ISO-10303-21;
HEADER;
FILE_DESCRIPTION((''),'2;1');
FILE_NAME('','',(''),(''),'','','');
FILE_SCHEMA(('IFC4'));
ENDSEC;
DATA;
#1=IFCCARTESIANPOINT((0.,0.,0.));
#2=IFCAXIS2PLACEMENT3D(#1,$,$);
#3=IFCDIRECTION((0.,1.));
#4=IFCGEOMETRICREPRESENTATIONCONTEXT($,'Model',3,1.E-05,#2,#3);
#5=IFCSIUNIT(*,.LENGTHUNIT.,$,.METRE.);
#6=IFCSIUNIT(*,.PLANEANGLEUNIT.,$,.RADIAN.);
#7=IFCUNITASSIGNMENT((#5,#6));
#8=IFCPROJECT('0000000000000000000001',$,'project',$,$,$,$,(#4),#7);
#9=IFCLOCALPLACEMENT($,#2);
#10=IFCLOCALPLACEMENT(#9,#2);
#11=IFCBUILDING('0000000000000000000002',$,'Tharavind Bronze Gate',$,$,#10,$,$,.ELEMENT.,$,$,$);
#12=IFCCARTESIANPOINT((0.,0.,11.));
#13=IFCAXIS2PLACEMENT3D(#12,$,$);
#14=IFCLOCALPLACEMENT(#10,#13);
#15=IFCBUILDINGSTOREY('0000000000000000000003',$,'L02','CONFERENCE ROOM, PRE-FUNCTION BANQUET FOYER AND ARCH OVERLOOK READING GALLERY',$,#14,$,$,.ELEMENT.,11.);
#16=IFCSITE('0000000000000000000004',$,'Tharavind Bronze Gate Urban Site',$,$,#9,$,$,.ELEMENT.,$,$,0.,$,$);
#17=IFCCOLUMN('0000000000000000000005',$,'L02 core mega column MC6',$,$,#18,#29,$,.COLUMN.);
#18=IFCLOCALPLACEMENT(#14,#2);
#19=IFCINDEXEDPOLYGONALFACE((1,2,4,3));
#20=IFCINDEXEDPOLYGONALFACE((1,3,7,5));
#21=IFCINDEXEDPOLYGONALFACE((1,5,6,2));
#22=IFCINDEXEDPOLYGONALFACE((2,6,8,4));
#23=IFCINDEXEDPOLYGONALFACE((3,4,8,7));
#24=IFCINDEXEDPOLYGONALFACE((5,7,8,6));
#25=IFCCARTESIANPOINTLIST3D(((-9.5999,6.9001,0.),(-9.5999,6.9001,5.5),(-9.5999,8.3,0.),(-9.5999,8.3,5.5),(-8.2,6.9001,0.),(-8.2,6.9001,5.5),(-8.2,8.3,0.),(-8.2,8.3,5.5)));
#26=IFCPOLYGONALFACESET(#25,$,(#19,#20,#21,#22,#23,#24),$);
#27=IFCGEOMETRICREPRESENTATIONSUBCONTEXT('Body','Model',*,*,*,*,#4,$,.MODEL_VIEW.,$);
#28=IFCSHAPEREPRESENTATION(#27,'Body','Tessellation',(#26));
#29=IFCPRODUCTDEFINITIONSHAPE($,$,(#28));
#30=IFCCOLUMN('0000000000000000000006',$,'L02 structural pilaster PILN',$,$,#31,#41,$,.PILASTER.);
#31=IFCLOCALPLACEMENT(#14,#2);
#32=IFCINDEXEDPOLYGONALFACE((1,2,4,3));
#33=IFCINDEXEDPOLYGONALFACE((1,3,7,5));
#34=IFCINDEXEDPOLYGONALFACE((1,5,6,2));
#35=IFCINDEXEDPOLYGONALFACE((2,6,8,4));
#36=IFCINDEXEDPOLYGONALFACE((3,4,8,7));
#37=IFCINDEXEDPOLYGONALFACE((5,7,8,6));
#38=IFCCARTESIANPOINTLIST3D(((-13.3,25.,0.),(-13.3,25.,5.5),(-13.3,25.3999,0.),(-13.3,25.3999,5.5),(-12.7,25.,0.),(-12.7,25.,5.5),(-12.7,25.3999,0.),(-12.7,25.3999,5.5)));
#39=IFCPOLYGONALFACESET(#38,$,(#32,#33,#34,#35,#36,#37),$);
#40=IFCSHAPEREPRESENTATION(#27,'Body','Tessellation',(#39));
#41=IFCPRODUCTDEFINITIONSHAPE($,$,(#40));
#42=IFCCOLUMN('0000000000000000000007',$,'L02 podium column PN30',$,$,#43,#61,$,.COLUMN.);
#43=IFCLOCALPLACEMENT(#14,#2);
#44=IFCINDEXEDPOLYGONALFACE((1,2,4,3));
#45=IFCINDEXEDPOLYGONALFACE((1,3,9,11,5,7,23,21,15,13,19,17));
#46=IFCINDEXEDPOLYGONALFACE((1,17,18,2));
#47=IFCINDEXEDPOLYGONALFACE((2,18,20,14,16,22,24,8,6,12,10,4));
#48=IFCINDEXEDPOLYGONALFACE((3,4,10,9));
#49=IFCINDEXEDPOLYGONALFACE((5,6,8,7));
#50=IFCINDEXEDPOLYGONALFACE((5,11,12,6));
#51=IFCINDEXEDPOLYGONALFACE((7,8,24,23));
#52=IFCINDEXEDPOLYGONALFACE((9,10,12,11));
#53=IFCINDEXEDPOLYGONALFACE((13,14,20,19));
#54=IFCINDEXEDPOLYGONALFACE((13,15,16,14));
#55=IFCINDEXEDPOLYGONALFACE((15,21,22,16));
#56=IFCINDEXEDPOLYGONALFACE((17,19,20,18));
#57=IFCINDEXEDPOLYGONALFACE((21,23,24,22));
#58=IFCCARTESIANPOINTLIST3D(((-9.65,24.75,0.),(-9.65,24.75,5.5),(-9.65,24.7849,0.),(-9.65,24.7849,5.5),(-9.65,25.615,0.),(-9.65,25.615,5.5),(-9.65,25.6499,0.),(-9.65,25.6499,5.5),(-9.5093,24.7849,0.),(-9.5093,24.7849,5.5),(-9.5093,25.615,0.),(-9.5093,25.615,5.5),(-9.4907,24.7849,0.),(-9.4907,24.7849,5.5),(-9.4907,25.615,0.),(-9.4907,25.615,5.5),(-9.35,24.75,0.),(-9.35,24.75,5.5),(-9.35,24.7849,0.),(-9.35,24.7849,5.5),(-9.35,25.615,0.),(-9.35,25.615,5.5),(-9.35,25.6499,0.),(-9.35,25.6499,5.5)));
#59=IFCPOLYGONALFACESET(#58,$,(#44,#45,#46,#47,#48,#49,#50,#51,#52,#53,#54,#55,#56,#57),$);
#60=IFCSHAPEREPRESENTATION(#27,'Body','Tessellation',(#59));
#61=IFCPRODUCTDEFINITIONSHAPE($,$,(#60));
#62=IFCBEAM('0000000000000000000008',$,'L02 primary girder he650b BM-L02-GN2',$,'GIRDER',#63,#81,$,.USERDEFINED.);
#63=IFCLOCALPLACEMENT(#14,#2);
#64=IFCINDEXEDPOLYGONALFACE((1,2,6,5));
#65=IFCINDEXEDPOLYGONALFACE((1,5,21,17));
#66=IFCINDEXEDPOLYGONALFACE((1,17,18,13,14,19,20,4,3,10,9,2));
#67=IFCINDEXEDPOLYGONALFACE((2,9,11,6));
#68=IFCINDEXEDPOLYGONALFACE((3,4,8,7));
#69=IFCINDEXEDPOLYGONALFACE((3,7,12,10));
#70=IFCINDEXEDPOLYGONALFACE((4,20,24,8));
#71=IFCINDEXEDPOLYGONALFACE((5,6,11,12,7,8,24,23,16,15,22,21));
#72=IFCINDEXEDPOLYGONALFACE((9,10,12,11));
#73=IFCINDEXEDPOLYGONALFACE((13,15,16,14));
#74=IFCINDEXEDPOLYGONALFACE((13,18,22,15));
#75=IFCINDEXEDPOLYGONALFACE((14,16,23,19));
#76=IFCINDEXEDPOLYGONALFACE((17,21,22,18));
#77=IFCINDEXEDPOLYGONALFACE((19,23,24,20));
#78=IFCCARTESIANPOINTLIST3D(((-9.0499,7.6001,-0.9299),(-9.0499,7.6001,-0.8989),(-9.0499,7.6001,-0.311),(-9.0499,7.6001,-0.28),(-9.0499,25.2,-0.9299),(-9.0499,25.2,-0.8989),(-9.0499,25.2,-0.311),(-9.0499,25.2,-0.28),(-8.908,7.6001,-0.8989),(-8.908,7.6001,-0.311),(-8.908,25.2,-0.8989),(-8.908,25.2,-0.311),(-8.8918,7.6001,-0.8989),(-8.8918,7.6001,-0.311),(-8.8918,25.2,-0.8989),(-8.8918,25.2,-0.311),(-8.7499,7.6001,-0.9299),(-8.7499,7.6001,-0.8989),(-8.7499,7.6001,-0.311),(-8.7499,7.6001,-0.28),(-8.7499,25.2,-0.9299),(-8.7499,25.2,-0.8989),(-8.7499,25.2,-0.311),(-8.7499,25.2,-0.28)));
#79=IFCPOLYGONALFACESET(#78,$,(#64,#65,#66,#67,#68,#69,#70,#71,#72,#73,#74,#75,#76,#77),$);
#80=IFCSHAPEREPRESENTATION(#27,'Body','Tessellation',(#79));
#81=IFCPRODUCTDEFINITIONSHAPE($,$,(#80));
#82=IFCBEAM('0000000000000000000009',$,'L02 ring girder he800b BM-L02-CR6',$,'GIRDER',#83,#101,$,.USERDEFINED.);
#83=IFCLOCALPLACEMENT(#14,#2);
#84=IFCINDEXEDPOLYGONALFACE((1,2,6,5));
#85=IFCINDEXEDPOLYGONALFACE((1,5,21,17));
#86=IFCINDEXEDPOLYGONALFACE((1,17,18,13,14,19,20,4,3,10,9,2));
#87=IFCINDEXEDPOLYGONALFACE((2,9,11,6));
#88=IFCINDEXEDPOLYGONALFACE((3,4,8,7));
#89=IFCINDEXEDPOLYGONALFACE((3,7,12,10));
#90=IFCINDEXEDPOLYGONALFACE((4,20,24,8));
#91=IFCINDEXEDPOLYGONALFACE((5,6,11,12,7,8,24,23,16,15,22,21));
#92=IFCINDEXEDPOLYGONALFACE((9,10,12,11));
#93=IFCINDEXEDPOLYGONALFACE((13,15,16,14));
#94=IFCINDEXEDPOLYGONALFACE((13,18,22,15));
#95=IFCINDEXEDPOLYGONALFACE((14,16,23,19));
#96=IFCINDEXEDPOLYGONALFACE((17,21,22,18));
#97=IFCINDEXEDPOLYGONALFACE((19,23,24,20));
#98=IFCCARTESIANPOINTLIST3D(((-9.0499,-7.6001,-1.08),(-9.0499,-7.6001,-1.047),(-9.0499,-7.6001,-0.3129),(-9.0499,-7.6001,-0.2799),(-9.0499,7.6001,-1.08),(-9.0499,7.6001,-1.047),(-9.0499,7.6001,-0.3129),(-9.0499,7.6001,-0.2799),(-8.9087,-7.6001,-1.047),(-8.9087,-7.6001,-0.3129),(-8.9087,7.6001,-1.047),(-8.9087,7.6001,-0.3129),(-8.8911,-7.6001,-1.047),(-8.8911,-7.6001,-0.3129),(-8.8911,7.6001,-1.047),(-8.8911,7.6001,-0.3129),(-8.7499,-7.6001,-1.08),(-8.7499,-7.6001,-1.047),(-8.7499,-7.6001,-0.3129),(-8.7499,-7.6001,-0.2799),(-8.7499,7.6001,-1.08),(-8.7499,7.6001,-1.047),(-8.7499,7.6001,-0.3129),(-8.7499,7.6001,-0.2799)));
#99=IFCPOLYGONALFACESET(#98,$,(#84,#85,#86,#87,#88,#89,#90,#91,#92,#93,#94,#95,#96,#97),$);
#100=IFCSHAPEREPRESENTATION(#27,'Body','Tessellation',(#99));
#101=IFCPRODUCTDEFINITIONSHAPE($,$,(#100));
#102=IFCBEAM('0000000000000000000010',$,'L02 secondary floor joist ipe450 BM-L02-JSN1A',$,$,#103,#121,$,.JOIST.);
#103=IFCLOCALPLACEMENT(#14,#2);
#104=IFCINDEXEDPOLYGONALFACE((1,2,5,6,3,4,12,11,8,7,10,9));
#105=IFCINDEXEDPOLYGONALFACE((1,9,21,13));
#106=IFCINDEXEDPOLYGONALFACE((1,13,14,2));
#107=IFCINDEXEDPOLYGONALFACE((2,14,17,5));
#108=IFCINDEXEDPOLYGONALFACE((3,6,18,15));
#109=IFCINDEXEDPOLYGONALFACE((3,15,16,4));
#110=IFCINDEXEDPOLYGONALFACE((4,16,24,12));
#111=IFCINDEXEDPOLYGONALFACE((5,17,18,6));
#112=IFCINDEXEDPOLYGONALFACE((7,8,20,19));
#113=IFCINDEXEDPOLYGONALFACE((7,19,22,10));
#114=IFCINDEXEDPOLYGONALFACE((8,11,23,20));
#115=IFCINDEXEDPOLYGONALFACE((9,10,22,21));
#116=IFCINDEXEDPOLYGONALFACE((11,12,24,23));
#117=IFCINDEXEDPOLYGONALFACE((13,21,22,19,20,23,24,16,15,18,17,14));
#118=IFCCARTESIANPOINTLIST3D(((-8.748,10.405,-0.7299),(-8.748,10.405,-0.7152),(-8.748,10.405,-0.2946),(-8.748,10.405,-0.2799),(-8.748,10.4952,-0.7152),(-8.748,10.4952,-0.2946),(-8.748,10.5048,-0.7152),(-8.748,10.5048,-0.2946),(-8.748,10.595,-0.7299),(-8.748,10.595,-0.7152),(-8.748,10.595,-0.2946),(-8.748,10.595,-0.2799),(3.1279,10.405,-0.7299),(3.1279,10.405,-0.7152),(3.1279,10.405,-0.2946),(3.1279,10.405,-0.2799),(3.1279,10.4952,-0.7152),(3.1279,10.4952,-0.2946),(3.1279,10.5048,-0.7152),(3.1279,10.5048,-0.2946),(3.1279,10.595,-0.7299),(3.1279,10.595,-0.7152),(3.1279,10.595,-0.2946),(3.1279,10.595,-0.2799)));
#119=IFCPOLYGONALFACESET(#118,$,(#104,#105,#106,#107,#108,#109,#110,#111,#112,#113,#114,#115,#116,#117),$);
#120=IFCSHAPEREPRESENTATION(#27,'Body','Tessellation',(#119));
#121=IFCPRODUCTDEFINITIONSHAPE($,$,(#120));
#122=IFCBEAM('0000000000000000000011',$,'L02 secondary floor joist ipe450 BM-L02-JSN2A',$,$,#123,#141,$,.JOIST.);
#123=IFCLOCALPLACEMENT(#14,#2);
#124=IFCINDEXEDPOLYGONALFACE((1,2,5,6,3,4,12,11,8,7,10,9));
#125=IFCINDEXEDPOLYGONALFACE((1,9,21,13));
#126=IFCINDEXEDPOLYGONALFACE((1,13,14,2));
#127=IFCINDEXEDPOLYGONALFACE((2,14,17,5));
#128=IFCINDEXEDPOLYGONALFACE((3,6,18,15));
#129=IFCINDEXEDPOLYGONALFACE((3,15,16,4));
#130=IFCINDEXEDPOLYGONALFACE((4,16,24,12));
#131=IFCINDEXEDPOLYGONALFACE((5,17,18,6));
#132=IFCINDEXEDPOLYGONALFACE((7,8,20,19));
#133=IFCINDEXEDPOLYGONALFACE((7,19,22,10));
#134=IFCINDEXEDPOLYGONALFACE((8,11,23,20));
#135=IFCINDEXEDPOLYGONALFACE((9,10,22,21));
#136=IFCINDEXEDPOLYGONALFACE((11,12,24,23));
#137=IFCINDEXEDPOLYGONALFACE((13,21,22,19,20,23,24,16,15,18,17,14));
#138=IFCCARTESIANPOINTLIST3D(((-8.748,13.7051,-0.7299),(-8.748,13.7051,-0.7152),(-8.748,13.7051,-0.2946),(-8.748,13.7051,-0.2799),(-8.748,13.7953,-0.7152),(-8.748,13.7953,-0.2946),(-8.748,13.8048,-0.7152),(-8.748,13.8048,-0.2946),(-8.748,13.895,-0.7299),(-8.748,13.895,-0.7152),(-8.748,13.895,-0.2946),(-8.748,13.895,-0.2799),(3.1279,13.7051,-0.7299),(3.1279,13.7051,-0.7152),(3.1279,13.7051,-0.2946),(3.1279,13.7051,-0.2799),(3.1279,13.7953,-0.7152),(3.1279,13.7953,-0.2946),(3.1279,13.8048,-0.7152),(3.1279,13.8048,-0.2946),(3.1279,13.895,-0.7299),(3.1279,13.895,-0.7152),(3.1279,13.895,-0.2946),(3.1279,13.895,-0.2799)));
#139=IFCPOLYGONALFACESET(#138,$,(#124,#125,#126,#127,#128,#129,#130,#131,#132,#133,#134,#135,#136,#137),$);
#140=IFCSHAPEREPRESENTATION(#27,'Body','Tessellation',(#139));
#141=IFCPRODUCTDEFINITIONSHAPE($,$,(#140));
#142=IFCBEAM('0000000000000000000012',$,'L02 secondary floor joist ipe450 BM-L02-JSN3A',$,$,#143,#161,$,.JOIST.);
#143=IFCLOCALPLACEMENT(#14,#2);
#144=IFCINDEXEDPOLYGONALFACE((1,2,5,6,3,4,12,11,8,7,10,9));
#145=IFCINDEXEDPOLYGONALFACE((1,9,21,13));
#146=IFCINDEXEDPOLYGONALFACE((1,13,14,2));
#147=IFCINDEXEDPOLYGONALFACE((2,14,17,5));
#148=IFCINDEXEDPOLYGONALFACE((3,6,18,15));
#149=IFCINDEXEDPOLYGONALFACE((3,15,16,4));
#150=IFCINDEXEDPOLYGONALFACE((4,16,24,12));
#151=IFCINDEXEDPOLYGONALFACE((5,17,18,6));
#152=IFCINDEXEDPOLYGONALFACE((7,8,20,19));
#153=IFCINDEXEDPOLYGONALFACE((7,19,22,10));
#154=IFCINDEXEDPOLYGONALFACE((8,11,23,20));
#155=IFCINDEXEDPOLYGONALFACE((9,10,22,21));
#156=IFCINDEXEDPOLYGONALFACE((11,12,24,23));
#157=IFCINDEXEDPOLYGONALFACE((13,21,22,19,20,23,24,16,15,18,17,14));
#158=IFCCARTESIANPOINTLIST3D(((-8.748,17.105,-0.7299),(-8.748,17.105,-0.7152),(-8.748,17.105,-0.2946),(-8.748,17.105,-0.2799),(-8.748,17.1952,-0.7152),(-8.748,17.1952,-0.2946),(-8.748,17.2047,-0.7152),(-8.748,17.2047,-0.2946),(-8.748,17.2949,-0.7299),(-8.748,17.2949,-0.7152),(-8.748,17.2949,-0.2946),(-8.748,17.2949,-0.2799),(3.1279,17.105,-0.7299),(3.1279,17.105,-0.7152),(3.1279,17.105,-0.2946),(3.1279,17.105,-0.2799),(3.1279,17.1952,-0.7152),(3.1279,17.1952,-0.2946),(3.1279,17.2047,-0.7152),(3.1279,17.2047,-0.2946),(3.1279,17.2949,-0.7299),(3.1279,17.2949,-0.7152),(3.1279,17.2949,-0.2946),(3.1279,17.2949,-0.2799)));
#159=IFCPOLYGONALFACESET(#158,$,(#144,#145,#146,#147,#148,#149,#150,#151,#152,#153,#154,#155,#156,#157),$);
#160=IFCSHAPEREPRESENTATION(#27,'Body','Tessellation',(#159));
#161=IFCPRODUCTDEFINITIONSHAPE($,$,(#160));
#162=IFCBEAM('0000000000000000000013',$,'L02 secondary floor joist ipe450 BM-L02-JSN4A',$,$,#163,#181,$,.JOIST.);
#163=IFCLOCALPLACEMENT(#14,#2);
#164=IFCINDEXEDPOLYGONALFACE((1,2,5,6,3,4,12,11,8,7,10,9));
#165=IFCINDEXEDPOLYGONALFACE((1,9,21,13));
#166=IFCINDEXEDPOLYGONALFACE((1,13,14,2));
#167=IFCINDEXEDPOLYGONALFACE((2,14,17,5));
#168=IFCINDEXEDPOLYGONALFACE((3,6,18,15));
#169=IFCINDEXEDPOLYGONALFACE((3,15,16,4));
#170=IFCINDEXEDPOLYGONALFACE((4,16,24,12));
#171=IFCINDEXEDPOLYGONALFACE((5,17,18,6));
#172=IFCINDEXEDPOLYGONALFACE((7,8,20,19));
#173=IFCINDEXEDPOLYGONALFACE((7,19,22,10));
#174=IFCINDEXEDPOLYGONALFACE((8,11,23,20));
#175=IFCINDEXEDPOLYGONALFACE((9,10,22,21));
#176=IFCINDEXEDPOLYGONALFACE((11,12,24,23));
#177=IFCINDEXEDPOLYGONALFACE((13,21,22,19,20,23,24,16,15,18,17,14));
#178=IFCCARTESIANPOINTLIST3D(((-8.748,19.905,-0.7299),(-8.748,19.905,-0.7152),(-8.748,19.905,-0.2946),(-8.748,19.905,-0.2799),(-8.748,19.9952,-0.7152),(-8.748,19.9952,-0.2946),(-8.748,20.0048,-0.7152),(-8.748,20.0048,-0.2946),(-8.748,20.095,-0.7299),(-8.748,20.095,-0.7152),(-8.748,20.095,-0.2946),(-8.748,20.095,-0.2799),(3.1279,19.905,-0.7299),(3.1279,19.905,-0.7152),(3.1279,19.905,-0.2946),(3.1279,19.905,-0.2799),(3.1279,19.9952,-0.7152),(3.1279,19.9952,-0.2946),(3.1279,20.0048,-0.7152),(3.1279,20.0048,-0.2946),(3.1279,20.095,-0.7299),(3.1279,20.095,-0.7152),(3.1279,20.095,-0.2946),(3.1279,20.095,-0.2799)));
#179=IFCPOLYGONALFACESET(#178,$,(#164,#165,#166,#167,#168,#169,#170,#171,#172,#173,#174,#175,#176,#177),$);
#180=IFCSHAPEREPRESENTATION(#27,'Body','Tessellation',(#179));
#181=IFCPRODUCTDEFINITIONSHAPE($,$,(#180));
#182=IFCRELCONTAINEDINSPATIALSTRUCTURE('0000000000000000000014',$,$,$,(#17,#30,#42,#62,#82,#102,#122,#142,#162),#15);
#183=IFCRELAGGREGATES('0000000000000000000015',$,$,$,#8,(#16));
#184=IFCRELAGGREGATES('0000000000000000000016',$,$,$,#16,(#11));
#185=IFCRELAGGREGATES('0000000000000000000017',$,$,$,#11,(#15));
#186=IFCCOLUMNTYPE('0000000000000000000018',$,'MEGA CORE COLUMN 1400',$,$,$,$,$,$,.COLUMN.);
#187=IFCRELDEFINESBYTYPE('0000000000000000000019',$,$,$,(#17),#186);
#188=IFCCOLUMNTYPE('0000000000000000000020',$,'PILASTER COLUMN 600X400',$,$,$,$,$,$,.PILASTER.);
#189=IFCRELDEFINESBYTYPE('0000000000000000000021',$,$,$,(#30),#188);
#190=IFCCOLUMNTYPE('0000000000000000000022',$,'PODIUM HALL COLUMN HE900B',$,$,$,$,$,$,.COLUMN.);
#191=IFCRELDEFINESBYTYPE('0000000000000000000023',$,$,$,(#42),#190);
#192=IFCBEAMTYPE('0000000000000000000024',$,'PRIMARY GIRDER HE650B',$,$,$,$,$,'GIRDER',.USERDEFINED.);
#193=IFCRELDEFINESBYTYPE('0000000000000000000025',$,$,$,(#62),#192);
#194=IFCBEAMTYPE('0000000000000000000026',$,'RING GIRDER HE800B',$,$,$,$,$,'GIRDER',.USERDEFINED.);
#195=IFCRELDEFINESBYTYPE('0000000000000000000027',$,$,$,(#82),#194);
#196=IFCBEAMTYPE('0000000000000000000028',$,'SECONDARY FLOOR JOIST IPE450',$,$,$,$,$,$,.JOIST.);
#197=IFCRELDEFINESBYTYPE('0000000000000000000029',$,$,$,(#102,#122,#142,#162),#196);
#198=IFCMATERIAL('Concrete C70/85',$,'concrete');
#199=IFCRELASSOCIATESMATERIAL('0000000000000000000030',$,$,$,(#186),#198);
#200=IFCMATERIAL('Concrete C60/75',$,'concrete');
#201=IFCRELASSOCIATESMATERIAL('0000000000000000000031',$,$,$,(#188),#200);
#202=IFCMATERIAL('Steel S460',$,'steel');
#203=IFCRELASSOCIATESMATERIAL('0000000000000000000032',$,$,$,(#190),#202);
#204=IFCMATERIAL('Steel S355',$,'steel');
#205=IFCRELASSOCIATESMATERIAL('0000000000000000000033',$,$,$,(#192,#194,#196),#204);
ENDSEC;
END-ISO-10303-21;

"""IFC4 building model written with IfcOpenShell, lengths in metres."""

from ifc_helpers import new_model, si_unit, direction, frame, origin, origin_2d, place, context, subcontext, project, spatial, rectangle, i_section, extrude, material, material_profile, profile_set, type_object, element, save


model = new_model("IFC4")

# Units and contexts
model_context = context("Model", 3, precision=1e-05, world=origin(), true_north=direction((0.0, 1.0)))
body_context = subcontext(model_context, "Body", "Model", "MODEL_VIEW")
ifc_project = project(units=[si_unit("LENGTHUNIT", "METRE"), si_unit("PLANEANGLEUNIT", "RADIAN")], contexts=[model_context])

# Site, building, storey
site_placement = place(None, origin())
site = spatial("IfcSite", under=ifc_project, at=site_placement, Name="Tharavind Bronze Gate Urban Site", CompositionType="ELEMENT", RefElevation=0.0)
building_placement = place(site_placement, origin())
building = spatial("IfcBuilding", under=site, at=building_placement, Name="Tharavind Bronze Gate", CompositionType="ELEMENT")
storey_placement = place(building_placement, frame((0.0, 0.0, 11.0)))
storey = spatial("IfcBuildingStorey", under=building, at=storey_placement, Name="L02", Description="CONFERENCE ROOM, PRE-FUNCTION BANQUET FOYER AND ARCH OVERLOOK READING GALLERY", CompositionType="ELEMENT", Elevation=11.0)

# Columns
ifc_material_1 = material(Name="Concrete C70/85", Category="concrete")
ifc_material_profile_1 = material_profile(ifc_material_1, rectangle(XDim=1.3999, YDim=1.3999, at=origin_2d()), Name="RCCOL1400")
ifc_profile_set_1 = profile_set([ifc_material_profile_1], Name="Concrete C70/85")
column_type_1 = type_object("IfcColumnType", Name="MEGA CORE COLUMN 1400", PredefinedType="COLUMN", material=ifc_profile_set_1)
column_1_placement = place(storey_placement, frame((-8.8999, 7.6001, 0.0), z_axis=(0.0, 0.0, 1.0), x_axis=(1.0, 0.0, 0.0)))
element("IfcColumn", 1, at=column_1_placement, inside=storey, type_object=column_type_1, Name="L02 core mega column MC6", PredefinedType="COLUMN", context=body_context, shape_type="SweptSolid", body=[
    extrude(rectangle(XDim=1.3999, YDim=1.3999, at=origin_2d()), origin(), (0.0, 0.0, 1.0), 5.5),
])
ifc_material_2 = material(Name="Concrete C60/75", Category="concrete")
ifc_material_profile_2 = material_profile(ifc_material_2, rectangle(XDim=0.6001, YDim=0.3999, at=origin_2d()), Name="RCPIL600X400")
ifc_profile_set_2 = profile_set([ifc_material_profile_2], Name="Concrete C60/75")
column_type_2 = type_object("IfcColumnType", Name="PILASTER COLUMN 600X400", PredefinedType="PILASTER", material=ifc_profile_set_2)
column_2_placement = place(storey_placement, frame((-13.0, 25.2, 0.0), z_axis=(0.0, 0.0, 1.0), x_axis=(1.0, 0.0, 0.0)))
element("IfcColumn", 2, at=column_2_placement, inside=storey, type_object=column_type_2, Name="L02 structural pilaster PILN", PredefinedType="PILASTER", context=body_context, shape_type="SweptSolid", body=[
    extrude(rectangle(XDim=0.6001, YDim=0.3999, at=origin_2d()), origin(), (0.0, 0.0, 1.0), 5.5),
])
ifc_material_3 = material(Name="Steel S460", Category="steel")
ifc_material_profile_3 = material_profile(ifc_material_3, i_section(OverallWidth=0.3, OverallDepth=0.8999, WebThickness=0.0186, FlangeThickness=0.0349, at=origin_2d()), Name="HE900B")
ifc_profile_set_3 = profile_set([ifc_material_profile_3], Name="Steel S460")
column_type_3 = type_object("IfcColumnType", Name="PODIUM HALL COLUMN HE900B", PredefinedType="COLUMN", material=ifc_profile_set_3)
column_3_placement = place(storey_placement, frame((-9.5, 25.2, 0.0), z_axis=(0.0, 0.0, 1.0), x_axis=(1.0, 0.0, 0.0)))
element("IfcColumn", 3, at=column_3_placement, inside=storey, type_object=column_type_3, Name="L02 podium column PN30", PredefinedType="COLUMN", context=body_context, shape_type="SweptSolid", body=[
    extrude(i_section(OverallWidth=0.3, OverallDepth=0.8999, WebThickness=0.0186, FlangeThickness=0.0349, at=origin_2d()), origin(), (0.0, 0.0, 1.0), 5.5),
])

# Beams
ifc_material_4 = material(Name="Steel S355", Category="steel")
ifc_material_profile_4 = material_profile(ifc_material_4, i_section(OverallWidth=0.3, OverallDepth=0.6499, WebThickness=0.0161, FlangeThickness=0.031, at=origin_2d()), Name="HE650B")
ifc_profile_set_4 = profile_set([ifc_material_profile_4], Name="Steel S355")
beam_type_1 = type_object("IfcBeamType", Name="PRIMARY GIRDER HE650B", ElementType="GIRDER", PredefinedType="USERDEFINED", material=ifc_profile_set_4)
beam_1_placement = place(storey_placement, frame((-8.8999, 25.2, -0.605), z_axis=(0.0, -1.0, 0.0), x_axis=(1.0, 0.0, 0.0)))
element("IfcBeam", 4, at=beam_1_placement, inside=storey, type_object=beam_type_1, Name="L02 primary girder he650b BM-L02-GN2", ObjectType="GIRDER", PredefinedType="USERDEFINED", context=body_context, shape_type="SweptSolid", body=[
    extrude(i_section(OverallWidth=0.3, OverallDepth=0.6499, WebThickness=0.0161, FlangeThickness=0.031, at=origin_2d()), origin(), (0.0, 0.0, 1.0), 17.5999),
])
ifc_material_profile_5 = material_profile(ifc_material_4, i_section(OverallWidth=0.3, OverallDepth=0.8, WebThickness=0.0176, FlangeThickness=0.033, at=origin_2d()), Name="HE800B")
ifc_profile_set_5 = profile_set([ifc_material_profile_5], Name="Steel S355")
beam_type_2 = type_object("IfcBeamType", Name="RING GIRDER HE800B", ElementType="GIRDER", PredefinedType="USERDEFINED", material=ifc_profile_set_5)
beam_2_placement = place(storey_placement, frame((-8.8999, 7.6001, -0.6799), z_axis=(0.0, -1.0, 0.0), x_axis=(1.0, 0.0, 0.0)))
element("IfcBeam", 5, at=beam_2_placement, inside=storey, type_object=beam_type_2, Name="L02 ring girder he800b BM-L02-CR6", ObjectType="GIRDER", PredefinedType="USERDEFINED", context=body_context, shape_type="SweptSolid", body=[
    extrude(i_section(OverallWidth=0.3, OverallDepth=0.8, WebThickness=0.0176, FlangeThickness=0.033, at=origin_2d()), origin(), (0.0, 0.0, 1.0), 15.2002),
])
ifc_material_profile_6 = material_profile(ifc_material_4, i_section(OverallWidth=0.1899, OverallDepth=0.45, WebThickness=0.0095, FlangeThickness=0.0146, at=origin_2d()), Name="IPE450")
ifc_profile_set_6 = profile_set([ifc_material_profile_6], Name="Steel S355")
beam_type_3 = type_object("IfcBeamType", Name="SECONDARY FLOOR JOIST IPE450", PredefinedType="JOIST", material=ifc_profile_set_6)
for number, where, z_axis, x_axis, name in (
    (6, (-8.748, 10.5, -0.5049), (1.0, 0.0, 0.0), (0.0, 1.0, 0.0), "L02 secondary floor joist ipe450 BM-L02-JSN1A"),
    (7, (-8.748, 13.8, -0.5049), (1.0, 0.0, 0.0), (0.0, 1.0, 0.0), "L02 secondary floor joist ipe450 BM-L02-JSN2A"),
    (8, (-8.748, 17.2, -0.5049), (1.0, 0.0, 0.0), (0.0, 1.0, 0.0), "L02 secondary floor joist ipe450 BM-L02-JSN3A"),
    (9, (-8.748, 20.0, -0.5049), (1.0, 0.0, 0.0), (0.0, 1.0, 0.0), "L02 secondary floor joist ipe450 BM-L02-JSN4A"),
):
    element("IfcBeam", number, at=place(storey_placement, frame(where, z_axis=z_axis, x_axis=x_axis)), inside=storey, type_object=beam_type_3, Name=name, PredefinedType="JOIST", context=body_context, shape_type="SweptSolid", body=[
        extrude(i_section(OverallWidth=0.1899, OverallDepth=0.45, WebThickness=0.0095, FlangeThickness=0.0146, at=origin_2d()), origin(), (0.0, 0.0, 1.0), 11.876),
    ])

save(model, "model.ifc")
